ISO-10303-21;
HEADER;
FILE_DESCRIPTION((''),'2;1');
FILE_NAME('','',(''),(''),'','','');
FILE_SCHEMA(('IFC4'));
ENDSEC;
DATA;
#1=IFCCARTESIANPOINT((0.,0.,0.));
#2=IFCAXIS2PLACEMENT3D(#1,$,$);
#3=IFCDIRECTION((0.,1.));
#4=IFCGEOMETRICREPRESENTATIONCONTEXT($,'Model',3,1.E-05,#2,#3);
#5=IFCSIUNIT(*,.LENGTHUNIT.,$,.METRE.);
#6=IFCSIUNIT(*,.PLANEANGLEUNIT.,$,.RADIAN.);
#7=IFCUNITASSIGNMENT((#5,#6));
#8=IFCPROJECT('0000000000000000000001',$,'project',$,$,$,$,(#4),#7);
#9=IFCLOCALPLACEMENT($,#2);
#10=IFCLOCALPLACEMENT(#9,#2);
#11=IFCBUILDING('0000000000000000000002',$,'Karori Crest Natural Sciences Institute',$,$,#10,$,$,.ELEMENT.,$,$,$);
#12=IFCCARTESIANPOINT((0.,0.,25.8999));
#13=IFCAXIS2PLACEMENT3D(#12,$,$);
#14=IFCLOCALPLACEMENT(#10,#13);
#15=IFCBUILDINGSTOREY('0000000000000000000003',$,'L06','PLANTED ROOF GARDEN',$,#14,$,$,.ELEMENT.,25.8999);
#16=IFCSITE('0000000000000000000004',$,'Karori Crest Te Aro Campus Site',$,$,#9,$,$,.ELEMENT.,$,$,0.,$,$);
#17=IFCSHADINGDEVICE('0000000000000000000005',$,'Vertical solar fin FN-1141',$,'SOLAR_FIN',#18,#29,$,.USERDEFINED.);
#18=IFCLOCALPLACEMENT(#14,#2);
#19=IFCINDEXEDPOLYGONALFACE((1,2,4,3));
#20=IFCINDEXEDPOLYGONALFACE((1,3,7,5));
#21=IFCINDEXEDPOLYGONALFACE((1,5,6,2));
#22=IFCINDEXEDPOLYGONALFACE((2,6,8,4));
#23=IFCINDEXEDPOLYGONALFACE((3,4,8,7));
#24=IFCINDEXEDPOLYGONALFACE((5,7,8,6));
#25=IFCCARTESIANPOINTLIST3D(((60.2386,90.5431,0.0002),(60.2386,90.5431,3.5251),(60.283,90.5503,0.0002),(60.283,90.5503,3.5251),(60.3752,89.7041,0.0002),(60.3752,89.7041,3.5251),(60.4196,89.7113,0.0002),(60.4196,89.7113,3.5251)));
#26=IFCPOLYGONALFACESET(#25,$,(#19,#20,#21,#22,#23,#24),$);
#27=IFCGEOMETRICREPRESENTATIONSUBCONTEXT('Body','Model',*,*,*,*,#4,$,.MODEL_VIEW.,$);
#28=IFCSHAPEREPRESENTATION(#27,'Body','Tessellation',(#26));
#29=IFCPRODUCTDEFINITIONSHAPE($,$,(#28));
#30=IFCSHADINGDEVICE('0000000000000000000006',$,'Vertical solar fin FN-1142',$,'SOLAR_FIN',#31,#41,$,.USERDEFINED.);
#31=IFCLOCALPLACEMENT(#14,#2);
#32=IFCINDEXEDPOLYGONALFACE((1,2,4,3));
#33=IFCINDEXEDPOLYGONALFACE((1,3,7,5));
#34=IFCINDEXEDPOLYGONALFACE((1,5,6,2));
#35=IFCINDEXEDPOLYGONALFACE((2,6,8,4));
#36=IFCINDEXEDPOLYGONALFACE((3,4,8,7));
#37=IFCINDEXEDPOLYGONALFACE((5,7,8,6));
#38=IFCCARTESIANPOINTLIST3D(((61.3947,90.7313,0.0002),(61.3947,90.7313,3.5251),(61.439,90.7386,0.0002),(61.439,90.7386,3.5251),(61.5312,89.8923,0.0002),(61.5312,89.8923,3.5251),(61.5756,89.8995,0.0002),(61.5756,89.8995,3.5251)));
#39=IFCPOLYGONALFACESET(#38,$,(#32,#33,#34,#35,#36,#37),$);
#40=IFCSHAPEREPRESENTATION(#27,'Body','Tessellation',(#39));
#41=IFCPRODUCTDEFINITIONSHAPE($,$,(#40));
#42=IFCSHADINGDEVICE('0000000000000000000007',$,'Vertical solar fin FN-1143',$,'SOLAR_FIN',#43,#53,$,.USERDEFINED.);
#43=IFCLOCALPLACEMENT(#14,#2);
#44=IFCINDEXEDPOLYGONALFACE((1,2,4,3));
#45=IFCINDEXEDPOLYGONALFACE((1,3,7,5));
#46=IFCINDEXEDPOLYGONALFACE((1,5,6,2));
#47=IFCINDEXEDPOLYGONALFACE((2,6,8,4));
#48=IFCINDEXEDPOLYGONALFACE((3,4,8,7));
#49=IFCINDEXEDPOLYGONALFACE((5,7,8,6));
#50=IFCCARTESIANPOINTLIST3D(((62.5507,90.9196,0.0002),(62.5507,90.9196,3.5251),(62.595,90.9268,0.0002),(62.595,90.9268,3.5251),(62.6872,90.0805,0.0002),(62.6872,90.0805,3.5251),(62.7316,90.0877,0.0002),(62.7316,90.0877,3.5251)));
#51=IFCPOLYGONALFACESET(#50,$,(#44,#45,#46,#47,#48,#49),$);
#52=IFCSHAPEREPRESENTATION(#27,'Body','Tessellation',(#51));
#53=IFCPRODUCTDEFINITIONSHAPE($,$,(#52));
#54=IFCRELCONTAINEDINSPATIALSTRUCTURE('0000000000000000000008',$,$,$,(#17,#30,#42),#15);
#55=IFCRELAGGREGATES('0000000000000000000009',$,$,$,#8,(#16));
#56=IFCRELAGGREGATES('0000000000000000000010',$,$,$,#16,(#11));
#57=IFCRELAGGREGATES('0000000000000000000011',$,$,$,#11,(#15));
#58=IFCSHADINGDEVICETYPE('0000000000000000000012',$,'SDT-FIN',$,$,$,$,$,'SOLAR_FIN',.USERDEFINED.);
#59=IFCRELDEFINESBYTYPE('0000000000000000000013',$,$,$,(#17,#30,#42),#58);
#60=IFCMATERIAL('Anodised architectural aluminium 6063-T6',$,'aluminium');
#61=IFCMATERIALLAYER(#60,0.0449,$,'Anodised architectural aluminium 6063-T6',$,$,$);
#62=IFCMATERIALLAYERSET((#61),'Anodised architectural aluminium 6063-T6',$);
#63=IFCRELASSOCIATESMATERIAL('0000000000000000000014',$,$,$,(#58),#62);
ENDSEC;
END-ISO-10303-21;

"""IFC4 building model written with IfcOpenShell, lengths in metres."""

from ifc_helpers import new_model, si_unit, direction, frame, origin, origin_2d, place, context, subcontext, project, spatial, rectangle, extrude, material, layer, layer_set, type_object, element, save


model = new_model("IFC4")

# Units and contexts
model_context = context("Model", 3, precision=1e-05, world=origin(), true_north=direction((0.0, 1.0)))
body_context = subcontext(model_context, "Body", "Model", "MODEL_VIEW")
ifc_project = project(units=[si_unit("LENGTHUNIT", "METRE"), si_unit("PLANEANGLEUNIT", "RADIAN")], contexts=[model_context])

# Site, building, storey
site_placement = place(None, origin())
site = spatial("IfcSite", under=ifc_project, at=site_placement, Name="Karori Crest Te Aro Campus Site", CompositionType="ELEMENT", RefElevation=0.0)
building_placement = place(site_placement, origin())
building = spatial("IfcBuilding", under=site, at=building_placement, Name="Karori Crest Natural Sciences Institute", CompositionType="ELEMENT")
storey_placement = place(building_placement, frame((0.0, 0.0, 25.8999)))
storey = spatial("IfcBuildingStorey", under=building, at=storey_placement, Name="L06", Description="PLANTED ROOF GARDEN", CompositionType="ELEMENT", Elevation=25.8999)

# Shared definitions
ifc_material_1 = material(Name="Anodised architectural aluminium 6063-T6", Category="aluminium")

# Shading devices
ifc_layer_1 = layer(ifc_material_1, 0.0449, Name="Anodised architectural aluminium 6063-T6")
ifc_layer_set_1 = layer_set([ifc_layer_1], Name="Anodised architectural aluminium 6063-T6")
shading_device_type = type_object("IfcShadingDeviceType", Name="SDT-FIN", ElementType="SOLAR_FIN", PredefinedType="USERDEFINED", material=ifc_layer_set_1)
for number, where, z_axis, x_axis, name in (
    (1, (60.3291, 90.1272, 0.0002), (0.0, 0.0, 1.0), (-0.16065, 0.987012, 0.0), "Vertical solar fin FN-1141"),
    (2, (61.4851, 90.3154, 0.0002), (0.0, 0.0, 1.0), (-0.16065, 0.987012, 0.0), "Vertical solar fin FN-1142"),
    (3, (62.6411, 90.5037, 0.0002), (0.0, 0.0, 1.0), (-0.16065, 0.987012, 0.0), "Vertical solar fin FN-1143"),
):
    element("IfcShadingDevice", number, at=place(storey_placement, frame(where, z_axis=z_axis, x_axis=x_axis)), inside=storey, type_object=shading_device_type, Name=name, ObjectType="SOLAR_FIN", PredefinedType="USERDEFINED", context=body_context, shape_type="SweptSolid", body=[
        extrude(rectangle(XDim=0.8501, YDim=0.0449, at=origin_2d()), origin(), (0.0, 0.0, 1.0), 3.5249),
    ])

save(model, "model.ifc")
